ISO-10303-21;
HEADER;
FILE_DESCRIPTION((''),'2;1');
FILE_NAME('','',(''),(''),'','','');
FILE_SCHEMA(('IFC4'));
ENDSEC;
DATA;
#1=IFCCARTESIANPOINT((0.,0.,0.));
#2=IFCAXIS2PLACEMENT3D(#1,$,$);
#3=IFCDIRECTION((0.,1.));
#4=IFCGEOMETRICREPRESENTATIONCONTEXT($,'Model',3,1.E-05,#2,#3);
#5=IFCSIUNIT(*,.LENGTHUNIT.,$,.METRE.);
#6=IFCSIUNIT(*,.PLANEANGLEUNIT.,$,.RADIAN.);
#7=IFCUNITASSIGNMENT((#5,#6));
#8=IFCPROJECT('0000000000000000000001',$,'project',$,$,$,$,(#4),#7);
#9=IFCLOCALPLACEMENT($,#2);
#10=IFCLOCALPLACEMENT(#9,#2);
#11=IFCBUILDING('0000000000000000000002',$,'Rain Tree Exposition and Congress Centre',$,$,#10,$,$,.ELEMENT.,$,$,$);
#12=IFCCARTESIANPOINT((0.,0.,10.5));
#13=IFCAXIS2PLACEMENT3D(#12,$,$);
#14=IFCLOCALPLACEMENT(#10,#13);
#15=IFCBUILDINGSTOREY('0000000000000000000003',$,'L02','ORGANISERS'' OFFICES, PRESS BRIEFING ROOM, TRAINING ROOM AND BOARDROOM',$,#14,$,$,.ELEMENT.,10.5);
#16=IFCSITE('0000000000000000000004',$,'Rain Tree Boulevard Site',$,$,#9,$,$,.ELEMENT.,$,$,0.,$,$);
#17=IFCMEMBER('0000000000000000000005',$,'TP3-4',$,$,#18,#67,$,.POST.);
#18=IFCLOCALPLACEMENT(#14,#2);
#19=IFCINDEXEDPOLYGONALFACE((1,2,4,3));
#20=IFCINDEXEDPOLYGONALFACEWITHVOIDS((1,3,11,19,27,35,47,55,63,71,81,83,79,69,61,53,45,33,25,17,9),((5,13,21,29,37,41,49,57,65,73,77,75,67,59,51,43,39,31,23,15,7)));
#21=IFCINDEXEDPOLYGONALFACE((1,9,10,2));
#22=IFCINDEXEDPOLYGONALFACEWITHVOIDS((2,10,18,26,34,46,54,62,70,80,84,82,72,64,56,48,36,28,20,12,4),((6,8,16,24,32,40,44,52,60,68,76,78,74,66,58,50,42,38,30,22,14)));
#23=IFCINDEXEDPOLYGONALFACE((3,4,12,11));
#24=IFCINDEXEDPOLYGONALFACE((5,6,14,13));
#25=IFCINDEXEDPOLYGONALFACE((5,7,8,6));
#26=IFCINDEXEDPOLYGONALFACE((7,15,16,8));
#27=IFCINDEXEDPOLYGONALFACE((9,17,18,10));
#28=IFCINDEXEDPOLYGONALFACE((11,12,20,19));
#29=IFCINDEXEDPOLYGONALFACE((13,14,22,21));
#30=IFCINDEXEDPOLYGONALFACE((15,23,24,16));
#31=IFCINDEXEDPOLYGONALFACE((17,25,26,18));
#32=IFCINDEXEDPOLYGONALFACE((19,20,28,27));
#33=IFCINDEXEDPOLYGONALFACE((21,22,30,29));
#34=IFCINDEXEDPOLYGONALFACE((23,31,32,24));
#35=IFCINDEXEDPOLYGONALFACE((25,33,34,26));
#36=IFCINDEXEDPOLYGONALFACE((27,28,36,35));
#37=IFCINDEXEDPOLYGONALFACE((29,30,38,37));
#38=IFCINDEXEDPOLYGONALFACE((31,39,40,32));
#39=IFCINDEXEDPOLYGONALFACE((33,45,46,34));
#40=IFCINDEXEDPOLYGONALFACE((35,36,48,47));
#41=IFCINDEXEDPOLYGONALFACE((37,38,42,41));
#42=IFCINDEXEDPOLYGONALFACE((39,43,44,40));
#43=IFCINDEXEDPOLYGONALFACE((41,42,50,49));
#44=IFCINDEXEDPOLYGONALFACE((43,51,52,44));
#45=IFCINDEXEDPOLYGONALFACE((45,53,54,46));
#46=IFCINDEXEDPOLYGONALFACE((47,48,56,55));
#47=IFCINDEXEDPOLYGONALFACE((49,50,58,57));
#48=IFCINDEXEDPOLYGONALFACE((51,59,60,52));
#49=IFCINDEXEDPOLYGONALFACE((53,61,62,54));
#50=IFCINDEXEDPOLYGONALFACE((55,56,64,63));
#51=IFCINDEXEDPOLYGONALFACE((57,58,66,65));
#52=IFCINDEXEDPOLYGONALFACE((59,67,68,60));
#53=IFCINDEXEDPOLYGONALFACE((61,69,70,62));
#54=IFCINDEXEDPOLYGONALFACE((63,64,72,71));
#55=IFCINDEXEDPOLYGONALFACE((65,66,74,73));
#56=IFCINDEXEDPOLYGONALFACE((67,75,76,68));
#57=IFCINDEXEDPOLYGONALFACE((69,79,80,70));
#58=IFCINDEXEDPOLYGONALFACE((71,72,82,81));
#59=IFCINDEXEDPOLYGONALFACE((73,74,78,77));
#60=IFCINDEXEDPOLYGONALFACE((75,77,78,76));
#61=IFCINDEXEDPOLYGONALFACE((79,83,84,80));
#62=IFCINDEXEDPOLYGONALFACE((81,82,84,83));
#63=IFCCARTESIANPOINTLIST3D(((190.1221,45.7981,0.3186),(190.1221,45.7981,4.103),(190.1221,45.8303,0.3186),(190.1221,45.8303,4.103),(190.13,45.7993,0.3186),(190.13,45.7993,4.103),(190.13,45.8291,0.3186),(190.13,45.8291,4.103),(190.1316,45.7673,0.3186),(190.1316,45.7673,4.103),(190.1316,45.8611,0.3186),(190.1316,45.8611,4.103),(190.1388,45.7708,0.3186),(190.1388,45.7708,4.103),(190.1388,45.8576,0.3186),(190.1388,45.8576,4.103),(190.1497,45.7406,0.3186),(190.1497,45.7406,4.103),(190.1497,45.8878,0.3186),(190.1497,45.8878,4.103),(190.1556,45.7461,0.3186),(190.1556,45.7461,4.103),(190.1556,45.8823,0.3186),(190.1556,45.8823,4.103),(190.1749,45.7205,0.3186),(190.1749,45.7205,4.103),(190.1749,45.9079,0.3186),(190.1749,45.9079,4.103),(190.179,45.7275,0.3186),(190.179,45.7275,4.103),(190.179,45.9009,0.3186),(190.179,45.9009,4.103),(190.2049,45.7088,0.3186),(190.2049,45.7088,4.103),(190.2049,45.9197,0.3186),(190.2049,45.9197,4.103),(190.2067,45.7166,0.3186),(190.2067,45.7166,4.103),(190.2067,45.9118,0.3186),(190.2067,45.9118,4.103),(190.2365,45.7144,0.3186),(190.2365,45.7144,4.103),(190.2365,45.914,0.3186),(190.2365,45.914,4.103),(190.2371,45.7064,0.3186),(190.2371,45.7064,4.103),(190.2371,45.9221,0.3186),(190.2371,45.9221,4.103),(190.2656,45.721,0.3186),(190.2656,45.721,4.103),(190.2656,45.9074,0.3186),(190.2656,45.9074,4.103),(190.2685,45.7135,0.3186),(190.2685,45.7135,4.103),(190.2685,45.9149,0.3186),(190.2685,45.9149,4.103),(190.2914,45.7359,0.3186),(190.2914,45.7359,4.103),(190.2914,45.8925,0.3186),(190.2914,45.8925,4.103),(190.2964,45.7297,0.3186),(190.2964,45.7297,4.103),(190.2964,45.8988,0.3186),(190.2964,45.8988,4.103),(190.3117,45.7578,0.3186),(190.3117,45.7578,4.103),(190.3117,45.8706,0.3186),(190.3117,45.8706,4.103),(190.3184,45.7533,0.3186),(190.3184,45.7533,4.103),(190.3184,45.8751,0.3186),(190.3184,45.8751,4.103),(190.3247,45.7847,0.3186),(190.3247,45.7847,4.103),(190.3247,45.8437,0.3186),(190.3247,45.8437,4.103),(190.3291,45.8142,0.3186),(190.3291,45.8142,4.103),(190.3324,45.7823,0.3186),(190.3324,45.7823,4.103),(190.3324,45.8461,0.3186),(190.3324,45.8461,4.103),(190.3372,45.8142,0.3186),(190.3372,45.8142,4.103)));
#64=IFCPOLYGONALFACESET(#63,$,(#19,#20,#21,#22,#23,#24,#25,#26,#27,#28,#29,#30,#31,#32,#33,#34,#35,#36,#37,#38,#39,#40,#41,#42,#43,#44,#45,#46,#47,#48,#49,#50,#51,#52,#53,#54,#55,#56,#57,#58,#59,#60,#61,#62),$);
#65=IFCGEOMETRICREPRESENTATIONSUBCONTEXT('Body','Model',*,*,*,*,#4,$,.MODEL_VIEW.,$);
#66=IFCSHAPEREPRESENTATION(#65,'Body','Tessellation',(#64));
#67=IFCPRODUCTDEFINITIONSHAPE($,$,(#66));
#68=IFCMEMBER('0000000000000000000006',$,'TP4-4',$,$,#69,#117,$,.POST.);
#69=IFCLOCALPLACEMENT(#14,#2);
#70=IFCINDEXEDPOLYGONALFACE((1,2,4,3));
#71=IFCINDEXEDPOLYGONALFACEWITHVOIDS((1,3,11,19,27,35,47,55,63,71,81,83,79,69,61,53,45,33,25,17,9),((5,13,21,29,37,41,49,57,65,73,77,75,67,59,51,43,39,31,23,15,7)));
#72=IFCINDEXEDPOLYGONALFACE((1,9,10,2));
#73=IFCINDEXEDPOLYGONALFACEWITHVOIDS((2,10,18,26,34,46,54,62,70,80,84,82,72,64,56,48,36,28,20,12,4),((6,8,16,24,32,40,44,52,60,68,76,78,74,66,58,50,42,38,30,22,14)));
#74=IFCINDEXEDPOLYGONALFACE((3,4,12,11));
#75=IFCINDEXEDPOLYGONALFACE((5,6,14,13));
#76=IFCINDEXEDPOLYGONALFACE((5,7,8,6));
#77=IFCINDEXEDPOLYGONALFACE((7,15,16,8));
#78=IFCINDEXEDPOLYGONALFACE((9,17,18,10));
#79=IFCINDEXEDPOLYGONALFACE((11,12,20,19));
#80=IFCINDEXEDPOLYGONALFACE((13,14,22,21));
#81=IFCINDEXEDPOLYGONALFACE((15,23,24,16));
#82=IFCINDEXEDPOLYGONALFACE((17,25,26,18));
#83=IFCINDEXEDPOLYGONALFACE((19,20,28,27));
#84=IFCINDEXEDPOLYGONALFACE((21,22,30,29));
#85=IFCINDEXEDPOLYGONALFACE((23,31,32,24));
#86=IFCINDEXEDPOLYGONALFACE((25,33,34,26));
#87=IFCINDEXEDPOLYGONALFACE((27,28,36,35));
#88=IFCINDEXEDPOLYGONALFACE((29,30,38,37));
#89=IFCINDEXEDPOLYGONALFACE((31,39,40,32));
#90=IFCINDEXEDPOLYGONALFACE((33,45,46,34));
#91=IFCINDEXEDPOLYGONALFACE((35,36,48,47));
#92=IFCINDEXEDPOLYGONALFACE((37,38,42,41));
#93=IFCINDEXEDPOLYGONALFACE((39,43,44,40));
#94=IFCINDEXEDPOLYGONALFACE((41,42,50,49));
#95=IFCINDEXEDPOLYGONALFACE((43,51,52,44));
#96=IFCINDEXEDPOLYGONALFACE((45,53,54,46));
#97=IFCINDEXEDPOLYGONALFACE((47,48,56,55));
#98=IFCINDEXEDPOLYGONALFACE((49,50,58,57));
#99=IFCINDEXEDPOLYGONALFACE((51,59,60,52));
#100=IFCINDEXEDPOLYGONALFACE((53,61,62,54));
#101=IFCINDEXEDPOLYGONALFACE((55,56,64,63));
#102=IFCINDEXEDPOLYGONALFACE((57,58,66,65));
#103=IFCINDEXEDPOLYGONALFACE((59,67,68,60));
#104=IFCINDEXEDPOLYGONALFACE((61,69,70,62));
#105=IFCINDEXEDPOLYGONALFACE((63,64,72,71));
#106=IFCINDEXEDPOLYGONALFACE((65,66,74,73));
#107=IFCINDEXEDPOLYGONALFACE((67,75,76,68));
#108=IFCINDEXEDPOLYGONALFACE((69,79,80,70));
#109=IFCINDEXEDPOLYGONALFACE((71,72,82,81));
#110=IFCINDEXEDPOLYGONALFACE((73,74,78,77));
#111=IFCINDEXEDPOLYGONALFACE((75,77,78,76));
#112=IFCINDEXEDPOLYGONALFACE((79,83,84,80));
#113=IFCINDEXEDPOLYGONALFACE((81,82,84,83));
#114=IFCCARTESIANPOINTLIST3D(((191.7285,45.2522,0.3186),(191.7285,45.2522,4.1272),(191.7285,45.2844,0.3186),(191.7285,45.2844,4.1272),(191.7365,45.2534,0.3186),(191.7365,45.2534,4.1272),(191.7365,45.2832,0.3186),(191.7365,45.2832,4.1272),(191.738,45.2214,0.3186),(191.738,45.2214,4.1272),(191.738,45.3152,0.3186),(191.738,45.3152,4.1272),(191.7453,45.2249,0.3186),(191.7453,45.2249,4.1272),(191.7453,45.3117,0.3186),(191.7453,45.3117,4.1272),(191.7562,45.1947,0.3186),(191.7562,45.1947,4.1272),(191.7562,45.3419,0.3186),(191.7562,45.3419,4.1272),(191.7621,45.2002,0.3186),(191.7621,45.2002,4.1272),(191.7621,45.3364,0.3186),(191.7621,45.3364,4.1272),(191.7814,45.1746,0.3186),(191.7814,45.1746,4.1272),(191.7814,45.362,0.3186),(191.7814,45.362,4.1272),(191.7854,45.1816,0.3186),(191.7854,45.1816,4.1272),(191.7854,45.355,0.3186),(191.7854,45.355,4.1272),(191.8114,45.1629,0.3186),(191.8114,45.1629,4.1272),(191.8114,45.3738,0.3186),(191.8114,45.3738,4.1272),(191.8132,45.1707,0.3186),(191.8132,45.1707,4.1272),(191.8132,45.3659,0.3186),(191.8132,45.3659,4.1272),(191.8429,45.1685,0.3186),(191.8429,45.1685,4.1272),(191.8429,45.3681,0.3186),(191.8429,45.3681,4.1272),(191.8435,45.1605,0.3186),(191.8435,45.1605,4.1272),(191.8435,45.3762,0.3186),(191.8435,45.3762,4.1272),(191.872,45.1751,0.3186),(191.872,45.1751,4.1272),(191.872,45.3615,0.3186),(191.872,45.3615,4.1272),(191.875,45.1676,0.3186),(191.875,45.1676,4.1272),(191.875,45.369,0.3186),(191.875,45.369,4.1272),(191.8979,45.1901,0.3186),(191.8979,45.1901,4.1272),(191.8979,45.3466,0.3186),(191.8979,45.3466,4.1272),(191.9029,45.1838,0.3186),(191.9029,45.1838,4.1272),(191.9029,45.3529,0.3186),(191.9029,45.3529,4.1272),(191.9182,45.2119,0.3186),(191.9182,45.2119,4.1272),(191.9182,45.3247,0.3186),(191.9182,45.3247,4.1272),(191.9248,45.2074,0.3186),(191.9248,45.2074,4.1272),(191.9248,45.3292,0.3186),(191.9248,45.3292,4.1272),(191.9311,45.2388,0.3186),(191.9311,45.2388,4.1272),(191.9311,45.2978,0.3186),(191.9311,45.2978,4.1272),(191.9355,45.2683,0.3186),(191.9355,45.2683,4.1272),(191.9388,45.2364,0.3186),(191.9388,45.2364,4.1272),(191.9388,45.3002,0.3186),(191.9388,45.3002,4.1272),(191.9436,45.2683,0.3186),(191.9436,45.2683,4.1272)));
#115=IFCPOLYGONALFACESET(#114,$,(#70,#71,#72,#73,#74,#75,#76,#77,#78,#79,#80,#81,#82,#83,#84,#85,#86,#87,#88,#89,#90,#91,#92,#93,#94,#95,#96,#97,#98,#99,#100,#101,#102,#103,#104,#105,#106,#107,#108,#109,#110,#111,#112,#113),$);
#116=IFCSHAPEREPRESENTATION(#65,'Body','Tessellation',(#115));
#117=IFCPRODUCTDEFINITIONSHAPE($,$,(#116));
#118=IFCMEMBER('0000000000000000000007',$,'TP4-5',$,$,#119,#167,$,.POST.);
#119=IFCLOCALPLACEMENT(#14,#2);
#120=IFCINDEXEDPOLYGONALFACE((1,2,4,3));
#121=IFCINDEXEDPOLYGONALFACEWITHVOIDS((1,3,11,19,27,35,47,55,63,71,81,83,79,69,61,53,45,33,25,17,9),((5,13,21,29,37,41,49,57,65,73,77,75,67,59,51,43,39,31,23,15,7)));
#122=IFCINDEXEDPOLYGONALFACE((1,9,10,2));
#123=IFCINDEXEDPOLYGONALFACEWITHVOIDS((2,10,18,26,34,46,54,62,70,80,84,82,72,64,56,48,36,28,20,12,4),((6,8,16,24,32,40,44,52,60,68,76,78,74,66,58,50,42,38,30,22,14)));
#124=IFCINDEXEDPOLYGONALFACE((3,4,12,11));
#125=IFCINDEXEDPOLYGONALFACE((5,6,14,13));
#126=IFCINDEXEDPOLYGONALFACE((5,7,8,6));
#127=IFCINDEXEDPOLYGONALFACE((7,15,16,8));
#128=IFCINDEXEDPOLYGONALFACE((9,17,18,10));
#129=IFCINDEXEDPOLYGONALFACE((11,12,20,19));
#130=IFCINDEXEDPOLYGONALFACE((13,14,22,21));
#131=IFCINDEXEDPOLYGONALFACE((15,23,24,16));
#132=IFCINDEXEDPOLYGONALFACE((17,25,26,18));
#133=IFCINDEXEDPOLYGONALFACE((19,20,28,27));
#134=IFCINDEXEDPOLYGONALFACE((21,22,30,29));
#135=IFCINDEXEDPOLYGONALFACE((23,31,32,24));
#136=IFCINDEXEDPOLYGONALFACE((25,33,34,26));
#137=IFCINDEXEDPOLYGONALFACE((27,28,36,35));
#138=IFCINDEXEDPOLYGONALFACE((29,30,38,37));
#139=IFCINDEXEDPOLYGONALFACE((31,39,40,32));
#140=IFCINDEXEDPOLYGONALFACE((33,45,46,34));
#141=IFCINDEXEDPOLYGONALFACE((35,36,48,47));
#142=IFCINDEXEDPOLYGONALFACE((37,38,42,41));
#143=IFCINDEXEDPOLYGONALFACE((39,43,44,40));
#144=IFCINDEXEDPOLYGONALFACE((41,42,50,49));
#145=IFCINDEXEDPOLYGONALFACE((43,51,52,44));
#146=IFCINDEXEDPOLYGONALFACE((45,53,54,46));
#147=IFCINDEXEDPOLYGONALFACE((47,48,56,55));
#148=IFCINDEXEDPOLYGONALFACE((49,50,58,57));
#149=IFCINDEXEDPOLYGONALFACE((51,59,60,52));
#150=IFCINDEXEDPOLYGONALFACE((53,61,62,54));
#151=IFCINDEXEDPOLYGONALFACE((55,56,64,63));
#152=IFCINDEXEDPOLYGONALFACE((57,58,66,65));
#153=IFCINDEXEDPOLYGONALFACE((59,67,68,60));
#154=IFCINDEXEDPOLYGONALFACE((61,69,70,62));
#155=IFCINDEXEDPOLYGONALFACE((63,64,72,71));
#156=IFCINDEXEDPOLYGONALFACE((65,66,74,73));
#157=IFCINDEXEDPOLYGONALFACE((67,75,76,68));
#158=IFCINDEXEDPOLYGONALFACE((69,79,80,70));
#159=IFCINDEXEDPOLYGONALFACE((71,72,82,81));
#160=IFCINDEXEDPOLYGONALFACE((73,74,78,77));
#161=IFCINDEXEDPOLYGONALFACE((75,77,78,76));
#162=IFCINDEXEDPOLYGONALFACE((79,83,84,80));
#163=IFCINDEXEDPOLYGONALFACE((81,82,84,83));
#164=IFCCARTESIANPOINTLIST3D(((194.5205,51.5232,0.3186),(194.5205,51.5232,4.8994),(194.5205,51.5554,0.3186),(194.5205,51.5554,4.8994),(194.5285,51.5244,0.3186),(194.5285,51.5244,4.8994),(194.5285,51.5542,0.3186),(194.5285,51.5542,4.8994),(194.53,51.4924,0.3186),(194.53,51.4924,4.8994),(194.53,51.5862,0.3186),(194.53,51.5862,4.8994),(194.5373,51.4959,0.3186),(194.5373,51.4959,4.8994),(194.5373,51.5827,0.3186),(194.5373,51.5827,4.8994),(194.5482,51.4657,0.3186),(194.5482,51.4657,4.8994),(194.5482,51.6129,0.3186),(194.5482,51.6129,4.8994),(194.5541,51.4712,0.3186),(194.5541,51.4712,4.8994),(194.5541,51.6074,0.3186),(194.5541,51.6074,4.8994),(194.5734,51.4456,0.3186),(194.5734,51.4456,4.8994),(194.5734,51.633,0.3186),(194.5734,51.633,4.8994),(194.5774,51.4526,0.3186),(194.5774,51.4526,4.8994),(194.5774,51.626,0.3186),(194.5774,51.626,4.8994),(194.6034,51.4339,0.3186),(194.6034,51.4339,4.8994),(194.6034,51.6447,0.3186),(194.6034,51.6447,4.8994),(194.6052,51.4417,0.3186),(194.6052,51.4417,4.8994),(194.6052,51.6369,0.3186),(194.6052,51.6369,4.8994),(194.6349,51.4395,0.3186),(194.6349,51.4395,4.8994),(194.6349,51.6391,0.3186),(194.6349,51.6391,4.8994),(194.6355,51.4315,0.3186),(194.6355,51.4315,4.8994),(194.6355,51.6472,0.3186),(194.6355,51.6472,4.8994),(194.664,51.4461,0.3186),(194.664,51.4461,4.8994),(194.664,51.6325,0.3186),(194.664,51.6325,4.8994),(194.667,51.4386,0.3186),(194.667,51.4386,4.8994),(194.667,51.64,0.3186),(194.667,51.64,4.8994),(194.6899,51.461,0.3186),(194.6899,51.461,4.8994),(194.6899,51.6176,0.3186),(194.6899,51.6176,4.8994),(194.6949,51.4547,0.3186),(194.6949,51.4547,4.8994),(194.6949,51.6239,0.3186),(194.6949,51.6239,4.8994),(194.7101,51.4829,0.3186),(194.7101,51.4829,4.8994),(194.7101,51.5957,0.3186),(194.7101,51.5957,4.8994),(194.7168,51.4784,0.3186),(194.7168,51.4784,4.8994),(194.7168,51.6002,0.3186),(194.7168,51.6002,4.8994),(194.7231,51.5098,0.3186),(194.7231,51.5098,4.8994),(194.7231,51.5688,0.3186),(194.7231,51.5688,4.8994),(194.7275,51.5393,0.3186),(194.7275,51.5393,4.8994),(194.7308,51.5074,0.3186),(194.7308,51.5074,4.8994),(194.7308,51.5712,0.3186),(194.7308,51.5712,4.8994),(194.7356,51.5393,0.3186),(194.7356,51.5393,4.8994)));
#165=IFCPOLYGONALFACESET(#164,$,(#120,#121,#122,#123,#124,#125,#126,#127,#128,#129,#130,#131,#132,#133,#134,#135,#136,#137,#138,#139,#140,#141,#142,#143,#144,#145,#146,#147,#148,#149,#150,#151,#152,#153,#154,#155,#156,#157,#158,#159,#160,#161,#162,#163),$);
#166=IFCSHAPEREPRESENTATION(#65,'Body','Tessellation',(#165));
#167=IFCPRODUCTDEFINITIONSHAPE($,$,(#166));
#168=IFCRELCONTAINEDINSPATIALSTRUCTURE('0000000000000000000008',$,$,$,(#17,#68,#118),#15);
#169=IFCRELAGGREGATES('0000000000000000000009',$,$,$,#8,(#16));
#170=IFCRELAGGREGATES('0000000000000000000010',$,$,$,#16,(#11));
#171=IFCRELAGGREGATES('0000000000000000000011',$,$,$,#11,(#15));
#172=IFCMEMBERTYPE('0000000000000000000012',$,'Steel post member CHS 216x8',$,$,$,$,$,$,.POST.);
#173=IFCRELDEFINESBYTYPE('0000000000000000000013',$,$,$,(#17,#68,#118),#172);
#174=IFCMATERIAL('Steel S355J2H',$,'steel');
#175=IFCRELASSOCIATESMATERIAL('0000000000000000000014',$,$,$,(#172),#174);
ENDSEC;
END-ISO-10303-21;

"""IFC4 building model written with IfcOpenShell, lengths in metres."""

from ifc_helpers import new_model, si_unit, direction, frame, origin, origin_2d, place, context, subcontext, project, spatial, hollow_circle, extrude, material, material_profile, profile_set, type_object, element, save


model = new_model("IFC4")

# Units and contexts
model_context = context("Model", 3, precision=1e-05, world=origin(), true_north=direction((0.0, 1.0)))
body_context = subcontext(model_context, "Body", "Model", "MODEL_VIEW")
ifc_project = project(units=[si_unit("LENGTHUNIT", "METRE"), si_unit("PLANEANGLEUNIT", "RADIAN")], contexts=[model_context])

# Site, building, storey
site_placement = place(None, origin())
site = spatial("IfcSite", under=ifc_project, at=site_placement, Name="Rain Tree Boulevard Site", CompositionType="ELEMENT", RefElevation=0.0)
building_placement = place(site_placement, origin())
building = spatial("IfcBuilding", under=site, at=building_placement, Name="Rain Tree Exposition and Congress Centre", CompositionType="ELEMENT")
storey_placement = place(building_placement, frame((0.0, 0.0, 10.5)))
storey = spatial("IfcBuildingStorey", under=building, at=storey_placement, Name="L02", Description="ORGANISERS' OFFICES, PRESS BRIEFING ROOM, TRAINING ROOM AND BOARDROOM", CompositionType="ELEMENT", Elevation=10.5)

# Members
ifc_material_1 = material(Name="Steel S355J2H", Category="steel")
ifc_material_profile_1 = material_profile(ifc_material_1, hollow_circle(Radius=0.1082, WallThickness=0.0081, at=origin_2d()), Name="CHS 216x8")
ifc_profile_set_1 = profile_set([ifc_material_profile_1], Name="Steel S355J2H")
member_type_1 = type_object("IfcMemberType", Name="Steel post member CHS 216x8", PredefinedType="POST", material=ifc_profile_set_1)
member_1_placement = place(storey_placement, frame((190.229, 45.8142, 0.3186), z_axis=(0.0, 0.0, 1.0), x_axis=(1.0, 0.0, 0.0)))
element("IfcMember", 1, at=member_1_placement, inside=storey, type_object=member_type_1, Name="TP3-4", PredefinedType="POST", context=body_context, shape_type="SweptSolid", body=[
    extrude(hollow_circle(Radius=0.1082, WallThickness=0.0081, at=origin_2d()), origin(), (0.0, 0.0, 1.0), 3.7844),
])
member_2_placement = place(storey_placement, frame((191.8354, 45.2683, 0.3186), z_axis=(0.0, 0.0, 1.0), x_axis=(1.0, 0.0, 0.0)))
element("IfcMember", 2, at=member_2_placement, inside=storey, type_object=member_type_1, Name="TP4-4", PredefinedType="POST", context=body_context, shape_type="SweptSolid", body=[
    extrude(hollow_circle(Radius=0.1082, WallThickness=0.0081, at=origin_2d()), origin(), (0.0, 0.0, 1.0), 3.8086),
])
member_3_placement = place(storey_placement, frame((194.6274, 51.5393, 0.3186), z_axis=(0.0, 0.0, 1.0), x_axis=(1.0, 0.0, 0.0)))
element("IfcMember", 3, at=member_3_placement, inside=storey, type_object=member_type_1, Name="TP4-5", PredefinedType="POST", context=body_context, shape_type="SweptSolid", body=[
    extrude(hollow_circle(Radius=0.1082, WallThickness=0.0081, at=origin_2d()), origin(), (0.0, 0.0, 1.0), 4.5808),
])

save(model, "model.ifc")
